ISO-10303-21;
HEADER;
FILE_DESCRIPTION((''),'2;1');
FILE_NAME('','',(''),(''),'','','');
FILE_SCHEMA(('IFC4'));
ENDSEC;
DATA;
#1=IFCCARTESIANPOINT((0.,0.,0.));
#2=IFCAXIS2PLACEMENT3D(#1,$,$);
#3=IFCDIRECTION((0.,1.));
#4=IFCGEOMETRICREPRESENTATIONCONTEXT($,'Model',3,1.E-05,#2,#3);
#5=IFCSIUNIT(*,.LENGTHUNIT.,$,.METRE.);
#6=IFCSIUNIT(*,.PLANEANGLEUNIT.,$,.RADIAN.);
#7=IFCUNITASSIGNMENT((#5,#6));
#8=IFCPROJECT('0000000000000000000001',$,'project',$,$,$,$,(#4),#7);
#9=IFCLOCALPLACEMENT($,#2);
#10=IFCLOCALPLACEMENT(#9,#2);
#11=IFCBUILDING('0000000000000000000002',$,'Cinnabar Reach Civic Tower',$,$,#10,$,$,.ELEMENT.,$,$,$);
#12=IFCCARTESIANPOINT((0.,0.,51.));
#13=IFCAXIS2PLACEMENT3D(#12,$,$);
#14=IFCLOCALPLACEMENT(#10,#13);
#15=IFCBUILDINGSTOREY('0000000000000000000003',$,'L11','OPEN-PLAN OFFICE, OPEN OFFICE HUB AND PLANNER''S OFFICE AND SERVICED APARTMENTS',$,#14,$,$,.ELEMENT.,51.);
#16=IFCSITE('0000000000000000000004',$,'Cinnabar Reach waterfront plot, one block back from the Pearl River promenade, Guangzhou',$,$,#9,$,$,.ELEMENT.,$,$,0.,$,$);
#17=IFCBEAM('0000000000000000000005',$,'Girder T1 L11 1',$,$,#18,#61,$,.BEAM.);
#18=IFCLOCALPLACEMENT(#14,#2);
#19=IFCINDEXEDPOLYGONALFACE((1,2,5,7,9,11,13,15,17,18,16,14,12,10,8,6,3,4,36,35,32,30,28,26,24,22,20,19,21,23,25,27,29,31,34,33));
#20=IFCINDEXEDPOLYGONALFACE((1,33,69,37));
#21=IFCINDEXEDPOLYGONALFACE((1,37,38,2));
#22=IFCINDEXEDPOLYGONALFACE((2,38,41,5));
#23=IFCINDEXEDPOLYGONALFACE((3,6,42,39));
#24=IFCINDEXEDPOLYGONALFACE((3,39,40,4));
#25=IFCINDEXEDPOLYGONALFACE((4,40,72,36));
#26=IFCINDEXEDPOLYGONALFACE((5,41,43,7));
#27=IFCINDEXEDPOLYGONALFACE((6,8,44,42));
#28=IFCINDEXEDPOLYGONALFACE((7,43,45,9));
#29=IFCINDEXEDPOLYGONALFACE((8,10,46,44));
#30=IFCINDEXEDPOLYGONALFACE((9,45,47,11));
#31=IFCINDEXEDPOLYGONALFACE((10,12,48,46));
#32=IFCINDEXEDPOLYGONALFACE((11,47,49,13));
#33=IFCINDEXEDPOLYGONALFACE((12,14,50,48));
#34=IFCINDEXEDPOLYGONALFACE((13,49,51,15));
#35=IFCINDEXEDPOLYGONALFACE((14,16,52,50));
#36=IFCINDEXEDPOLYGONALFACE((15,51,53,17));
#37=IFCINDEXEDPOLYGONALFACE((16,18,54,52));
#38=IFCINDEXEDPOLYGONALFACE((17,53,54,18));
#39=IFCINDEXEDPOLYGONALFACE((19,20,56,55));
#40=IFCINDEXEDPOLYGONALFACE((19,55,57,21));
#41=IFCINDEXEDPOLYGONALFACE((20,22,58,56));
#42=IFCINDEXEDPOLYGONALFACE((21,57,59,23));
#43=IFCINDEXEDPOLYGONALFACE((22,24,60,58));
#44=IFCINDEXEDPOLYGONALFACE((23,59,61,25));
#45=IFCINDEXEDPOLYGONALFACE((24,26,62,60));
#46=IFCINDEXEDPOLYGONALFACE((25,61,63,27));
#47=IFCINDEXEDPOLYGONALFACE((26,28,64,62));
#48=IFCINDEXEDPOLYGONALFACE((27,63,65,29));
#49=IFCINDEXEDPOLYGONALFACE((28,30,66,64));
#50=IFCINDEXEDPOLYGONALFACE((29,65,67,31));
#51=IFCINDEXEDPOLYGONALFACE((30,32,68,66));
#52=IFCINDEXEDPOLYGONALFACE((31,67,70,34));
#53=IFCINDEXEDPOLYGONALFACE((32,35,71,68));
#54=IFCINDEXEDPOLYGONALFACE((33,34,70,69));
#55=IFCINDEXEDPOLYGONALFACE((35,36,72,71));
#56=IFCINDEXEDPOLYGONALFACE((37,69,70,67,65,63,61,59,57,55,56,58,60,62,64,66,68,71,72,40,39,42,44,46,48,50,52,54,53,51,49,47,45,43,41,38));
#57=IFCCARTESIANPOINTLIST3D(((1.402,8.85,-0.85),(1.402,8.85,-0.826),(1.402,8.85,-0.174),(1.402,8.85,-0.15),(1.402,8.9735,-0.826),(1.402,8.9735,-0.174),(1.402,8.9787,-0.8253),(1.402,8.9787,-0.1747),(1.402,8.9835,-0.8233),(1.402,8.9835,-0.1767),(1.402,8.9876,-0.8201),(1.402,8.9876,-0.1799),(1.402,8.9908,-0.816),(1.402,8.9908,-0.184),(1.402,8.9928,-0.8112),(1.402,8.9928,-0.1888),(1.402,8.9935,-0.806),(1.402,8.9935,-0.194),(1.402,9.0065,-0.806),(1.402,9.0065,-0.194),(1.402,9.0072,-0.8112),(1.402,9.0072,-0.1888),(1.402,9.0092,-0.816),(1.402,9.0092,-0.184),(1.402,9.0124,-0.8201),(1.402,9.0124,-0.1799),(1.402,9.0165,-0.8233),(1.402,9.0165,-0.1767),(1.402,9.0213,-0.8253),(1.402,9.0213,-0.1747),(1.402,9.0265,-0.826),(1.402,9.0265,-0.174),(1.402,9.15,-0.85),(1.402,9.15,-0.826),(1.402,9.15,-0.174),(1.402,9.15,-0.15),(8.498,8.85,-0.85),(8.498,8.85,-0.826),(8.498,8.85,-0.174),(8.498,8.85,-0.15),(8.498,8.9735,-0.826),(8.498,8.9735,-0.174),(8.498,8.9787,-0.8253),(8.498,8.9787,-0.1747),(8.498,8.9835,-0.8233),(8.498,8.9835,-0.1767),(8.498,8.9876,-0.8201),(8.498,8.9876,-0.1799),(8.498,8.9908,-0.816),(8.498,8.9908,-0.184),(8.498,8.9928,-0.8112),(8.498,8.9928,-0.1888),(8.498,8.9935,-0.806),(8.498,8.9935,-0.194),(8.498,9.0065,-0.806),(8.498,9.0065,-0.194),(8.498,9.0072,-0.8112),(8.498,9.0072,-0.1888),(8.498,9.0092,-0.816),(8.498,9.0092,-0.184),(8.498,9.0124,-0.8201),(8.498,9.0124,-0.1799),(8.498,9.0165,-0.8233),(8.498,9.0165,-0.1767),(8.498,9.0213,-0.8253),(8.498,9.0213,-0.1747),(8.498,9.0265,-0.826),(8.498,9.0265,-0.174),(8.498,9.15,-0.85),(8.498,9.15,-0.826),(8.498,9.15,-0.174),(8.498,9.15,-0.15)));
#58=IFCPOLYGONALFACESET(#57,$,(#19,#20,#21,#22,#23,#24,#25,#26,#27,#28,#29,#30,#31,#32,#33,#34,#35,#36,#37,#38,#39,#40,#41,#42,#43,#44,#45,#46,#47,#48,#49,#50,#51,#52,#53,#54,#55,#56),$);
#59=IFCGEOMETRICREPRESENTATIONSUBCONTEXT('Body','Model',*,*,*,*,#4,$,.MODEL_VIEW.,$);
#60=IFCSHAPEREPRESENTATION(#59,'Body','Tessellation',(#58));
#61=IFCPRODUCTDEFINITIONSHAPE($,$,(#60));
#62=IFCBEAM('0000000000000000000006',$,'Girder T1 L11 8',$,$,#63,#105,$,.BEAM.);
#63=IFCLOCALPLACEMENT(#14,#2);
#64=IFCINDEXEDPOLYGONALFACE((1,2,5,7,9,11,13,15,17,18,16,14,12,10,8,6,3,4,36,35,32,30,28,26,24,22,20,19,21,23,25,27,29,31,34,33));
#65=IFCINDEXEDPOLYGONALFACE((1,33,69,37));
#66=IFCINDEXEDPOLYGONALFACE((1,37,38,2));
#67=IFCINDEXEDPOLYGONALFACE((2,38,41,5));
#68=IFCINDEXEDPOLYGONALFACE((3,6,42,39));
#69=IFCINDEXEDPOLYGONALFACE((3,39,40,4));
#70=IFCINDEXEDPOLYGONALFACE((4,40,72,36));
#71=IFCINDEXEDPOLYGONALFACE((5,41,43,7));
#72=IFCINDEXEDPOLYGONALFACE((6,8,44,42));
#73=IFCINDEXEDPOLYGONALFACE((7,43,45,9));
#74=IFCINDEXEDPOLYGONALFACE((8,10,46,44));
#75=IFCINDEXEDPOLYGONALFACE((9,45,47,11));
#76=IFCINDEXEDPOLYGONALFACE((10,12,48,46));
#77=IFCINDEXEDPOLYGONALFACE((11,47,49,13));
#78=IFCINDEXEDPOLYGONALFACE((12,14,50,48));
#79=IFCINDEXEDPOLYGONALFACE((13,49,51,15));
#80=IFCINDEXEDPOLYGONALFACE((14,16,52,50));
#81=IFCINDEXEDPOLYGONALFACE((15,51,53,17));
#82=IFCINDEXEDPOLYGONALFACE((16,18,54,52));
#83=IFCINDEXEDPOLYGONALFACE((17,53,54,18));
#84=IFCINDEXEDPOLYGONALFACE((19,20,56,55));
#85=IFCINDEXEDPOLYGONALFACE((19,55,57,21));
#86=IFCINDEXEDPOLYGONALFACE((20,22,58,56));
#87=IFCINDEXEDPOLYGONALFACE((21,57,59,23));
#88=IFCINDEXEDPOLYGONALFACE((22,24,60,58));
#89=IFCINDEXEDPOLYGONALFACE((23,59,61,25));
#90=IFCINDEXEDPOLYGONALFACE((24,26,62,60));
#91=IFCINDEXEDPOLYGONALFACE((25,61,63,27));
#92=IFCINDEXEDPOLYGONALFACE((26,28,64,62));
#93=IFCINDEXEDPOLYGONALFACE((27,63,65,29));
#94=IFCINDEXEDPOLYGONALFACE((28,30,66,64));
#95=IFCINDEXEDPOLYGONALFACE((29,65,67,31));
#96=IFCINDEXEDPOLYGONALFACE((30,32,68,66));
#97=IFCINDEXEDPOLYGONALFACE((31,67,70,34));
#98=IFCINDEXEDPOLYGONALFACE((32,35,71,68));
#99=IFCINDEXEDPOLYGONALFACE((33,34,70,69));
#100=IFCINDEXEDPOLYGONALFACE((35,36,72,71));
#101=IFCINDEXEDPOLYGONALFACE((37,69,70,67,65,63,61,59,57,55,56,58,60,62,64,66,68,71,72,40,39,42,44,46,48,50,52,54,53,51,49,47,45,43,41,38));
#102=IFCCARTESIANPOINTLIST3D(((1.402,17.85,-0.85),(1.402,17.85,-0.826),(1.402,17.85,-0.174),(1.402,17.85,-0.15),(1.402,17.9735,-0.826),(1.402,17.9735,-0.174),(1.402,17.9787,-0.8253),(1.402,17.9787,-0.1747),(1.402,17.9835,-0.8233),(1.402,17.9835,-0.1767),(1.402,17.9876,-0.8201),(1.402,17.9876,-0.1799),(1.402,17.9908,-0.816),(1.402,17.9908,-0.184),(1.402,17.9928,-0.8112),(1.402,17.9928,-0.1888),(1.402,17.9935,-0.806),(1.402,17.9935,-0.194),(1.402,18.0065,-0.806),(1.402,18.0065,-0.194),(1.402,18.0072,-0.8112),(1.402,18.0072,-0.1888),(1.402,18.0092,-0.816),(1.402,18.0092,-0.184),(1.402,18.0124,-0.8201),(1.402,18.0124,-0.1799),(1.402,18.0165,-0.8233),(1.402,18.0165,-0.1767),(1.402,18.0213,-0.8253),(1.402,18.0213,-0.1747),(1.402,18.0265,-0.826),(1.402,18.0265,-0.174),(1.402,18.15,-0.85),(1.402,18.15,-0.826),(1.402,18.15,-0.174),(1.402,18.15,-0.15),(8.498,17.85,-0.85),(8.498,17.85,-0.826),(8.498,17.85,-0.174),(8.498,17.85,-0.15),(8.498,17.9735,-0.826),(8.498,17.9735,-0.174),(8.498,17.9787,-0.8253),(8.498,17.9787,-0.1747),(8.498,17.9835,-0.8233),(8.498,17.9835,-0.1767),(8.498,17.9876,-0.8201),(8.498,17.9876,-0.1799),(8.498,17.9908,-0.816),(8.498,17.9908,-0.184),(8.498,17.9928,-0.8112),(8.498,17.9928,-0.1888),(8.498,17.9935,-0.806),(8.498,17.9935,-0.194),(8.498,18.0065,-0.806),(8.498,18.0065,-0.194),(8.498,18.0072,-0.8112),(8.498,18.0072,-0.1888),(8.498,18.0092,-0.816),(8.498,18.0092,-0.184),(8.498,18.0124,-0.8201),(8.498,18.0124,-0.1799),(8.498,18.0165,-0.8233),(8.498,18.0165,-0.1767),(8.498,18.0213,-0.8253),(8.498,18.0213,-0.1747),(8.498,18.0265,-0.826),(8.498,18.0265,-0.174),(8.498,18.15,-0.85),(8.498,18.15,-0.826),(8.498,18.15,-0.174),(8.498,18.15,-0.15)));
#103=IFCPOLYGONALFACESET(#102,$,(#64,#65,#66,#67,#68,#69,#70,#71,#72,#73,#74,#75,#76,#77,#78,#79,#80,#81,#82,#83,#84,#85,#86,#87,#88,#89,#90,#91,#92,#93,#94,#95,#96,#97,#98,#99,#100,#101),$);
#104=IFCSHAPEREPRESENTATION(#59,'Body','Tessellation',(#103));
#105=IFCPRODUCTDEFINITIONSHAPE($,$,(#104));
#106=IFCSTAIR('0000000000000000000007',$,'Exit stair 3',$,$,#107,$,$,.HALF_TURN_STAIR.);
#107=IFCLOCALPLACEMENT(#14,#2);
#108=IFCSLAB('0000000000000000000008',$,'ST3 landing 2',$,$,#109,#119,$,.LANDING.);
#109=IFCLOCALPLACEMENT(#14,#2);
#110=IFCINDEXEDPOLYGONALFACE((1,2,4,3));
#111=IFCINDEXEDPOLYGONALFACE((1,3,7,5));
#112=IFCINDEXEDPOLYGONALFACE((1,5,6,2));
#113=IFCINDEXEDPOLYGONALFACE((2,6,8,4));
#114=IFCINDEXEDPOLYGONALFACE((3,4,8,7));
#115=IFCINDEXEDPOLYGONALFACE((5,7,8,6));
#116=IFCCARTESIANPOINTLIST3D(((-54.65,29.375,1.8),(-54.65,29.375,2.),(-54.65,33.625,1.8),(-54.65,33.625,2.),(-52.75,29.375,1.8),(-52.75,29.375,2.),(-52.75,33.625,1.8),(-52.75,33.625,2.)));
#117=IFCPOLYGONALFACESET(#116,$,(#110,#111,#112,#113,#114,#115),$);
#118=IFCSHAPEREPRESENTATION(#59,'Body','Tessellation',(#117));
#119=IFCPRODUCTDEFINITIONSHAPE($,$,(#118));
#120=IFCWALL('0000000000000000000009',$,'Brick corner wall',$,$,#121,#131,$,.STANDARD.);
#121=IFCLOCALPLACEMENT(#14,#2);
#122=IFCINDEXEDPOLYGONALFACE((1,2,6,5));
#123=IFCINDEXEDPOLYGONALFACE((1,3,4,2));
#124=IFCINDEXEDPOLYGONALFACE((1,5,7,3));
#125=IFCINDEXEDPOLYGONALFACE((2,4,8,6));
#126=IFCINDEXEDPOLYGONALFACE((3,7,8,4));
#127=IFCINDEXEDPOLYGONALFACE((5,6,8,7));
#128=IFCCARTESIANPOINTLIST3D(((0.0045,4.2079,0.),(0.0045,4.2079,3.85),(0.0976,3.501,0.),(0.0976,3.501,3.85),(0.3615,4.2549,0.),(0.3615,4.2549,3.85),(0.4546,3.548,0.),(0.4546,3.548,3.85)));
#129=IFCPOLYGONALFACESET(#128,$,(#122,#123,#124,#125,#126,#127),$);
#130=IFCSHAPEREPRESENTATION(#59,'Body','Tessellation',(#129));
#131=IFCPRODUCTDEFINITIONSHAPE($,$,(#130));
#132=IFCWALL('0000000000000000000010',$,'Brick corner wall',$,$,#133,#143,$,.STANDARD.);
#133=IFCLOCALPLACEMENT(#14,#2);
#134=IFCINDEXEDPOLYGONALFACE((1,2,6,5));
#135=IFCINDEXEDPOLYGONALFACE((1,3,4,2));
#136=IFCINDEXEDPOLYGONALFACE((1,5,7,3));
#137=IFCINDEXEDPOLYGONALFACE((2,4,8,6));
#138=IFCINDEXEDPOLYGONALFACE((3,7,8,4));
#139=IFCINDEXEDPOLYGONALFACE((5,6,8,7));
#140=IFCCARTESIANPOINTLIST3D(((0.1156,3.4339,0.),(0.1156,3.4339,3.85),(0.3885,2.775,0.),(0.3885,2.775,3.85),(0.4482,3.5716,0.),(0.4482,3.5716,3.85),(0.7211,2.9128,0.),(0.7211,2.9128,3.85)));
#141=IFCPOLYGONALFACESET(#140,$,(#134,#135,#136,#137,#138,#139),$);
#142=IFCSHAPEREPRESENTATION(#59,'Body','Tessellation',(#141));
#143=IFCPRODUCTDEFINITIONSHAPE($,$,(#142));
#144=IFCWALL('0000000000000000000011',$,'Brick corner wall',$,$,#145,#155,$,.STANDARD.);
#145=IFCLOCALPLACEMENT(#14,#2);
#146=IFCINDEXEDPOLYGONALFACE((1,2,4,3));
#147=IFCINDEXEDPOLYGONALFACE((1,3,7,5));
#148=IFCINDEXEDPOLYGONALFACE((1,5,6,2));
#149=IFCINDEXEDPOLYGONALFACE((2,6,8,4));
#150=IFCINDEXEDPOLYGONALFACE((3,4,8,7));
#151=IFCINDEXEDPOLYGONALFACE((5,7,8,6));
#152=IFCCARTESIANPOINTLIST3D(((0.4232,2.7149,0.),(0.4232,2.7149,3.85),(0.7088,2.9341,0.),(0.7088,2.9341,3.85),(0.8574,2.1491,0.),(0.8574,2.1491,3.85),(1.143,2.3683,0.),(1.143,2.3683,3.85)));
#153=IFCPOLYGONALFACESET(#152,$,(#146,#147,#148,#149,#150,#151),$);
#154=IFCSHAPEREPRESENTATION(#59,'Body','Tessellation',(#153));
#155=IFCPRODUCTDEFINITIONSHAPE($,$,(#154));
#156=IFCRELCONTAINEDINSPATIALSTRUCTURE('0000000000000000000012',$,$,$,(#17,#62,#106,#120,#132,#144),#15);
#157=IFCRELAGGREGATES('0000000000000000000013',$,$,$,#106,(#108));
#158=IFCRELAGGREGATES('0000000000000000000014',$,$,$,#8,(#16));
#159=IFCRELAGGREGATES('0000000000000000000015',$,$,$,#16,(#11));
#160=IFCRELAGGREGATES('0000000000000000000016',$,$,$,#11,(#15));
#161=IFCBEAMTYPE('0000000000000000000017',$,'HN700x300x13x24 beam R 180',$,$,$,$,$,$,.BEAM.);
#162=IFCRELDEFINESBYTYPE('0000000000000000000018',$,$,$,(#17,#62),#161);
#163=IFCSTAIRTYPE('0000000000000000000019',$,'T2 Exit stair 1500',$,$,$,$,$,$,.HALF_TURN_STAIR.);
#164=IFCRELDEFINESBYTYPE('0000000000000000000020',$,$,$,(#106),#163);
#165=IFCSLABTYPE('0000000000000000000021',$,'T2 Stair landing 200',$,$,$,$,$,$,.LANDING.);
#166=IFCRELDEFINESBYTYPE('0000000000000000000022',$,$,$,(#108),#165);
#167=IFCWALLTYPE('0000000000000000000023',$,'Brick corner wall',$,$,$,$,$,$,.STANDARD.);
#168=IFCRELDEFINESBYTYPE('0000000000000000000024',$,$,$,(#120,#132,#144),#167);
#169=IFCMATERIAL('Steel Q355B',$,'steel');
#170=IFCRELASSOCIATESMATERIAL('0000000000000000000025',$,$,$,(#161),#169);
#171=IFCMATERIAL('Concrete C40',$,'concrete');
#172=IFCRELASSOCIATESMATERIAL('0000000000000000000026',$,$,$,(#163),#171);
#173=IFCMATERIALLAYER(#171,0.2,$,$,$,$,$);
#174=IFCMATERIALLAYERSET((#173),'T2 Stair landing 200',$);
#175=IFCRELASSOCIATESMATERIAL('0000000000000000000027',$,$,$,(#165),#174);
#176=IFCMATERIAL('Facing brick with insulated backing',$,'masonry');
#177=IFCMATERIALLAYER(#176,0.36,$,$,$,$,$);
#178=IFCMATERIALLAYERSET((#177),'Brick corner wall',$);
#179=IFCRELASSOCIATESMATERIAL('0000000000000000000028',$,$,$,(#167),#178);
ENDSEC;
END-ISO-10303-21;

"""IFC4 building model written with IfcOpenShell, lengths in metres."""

from ifc_helpers import new_model, si_unit, direction, frame, frame_2d, origin, origin_2d, place, context, subcontext, project, spatial, polyline, rectangle, i_section, outline, extrude, material, layer, layer_set, material_profile, profile_set, type_object, element, aggregate, save


model = new_model("IFC4")

# Units and contexts
model_context = context("Model", 3, precision=1e-05, world=origin(), true_north=direction((0.0, 1.0)))
body_context = subcontext(model_context, "Body", "Model", "MODEL_VIEW")
ifc_project = project(units=[si_unit("LENGTHUNIT", "METRE"), si_unit("PLANEANGLEUNIT", "RADIAN")], contexts=[model_context])

# Site, building, storey
site_placement = place(None, origin())
site = spatial("IfcSite", under=ifc_project, at=site_placement, Name="Cinnabar Reach waterfront plot, one block back from the Pearl River promenade, Guangzhou", CompositionType="ELEMENT", RefElevation=0.0)
building_placement = place(site_placement, origin())
building = spatial("IfcBuilding", under=site, at=building_placement, Name="Cinnabar Reach Civic Tower", CompositionType="ELEMENT")
storey_placement = place(building_placement, frame((0.0, 0.0, 51.0)))
storey = spatial("IfcBuildingStorey", under=building, at=storey_placement, Name="L11", Description="OPEN-PLAN OFFICE, OPEN OFFICE HUB AND PLANNER'S OFFICE AND SERVICED APARTMENTS", CompositionType="ELEMENT", Elevation=51.0)

# Beams
ifc_material_1 = material(Name="Steel Q355B", Category="steel")
ifc_material_profile_1 = material_profile(ifc_material_1, i_section(OverallWidth=0.3, OverallDepth=0.7, WebThickness=0.013, FlangeThickness=0.024, FilletRadius=0.02, at=origin_2d()), Name="HN700x300x13x24")
ifc_profile_set_1 = profile_set([ifc_material_profile_1], Name="Steel Q355B")
beam_type_1 = type_object("IfcBeamType", Name="HN700x300x13x24 beam R 180", PredefinedType="BEAM", material=ifc_profile_set_1)
for number, where, z_axis, x_axis, name in (
    (1, (1.402, 9.0, -0.5), (1.0, 0.0, 0.0), (0.0, 1.0, 0.0), "Girder T1 L11 1"),
    (2, (1.402, 18.0, -0.5), (1.0, 0.0, 0.0), (0.0, 1.0, 0.0), "Girder T1 L11 8"),
):
    element("IfcBeam", number, at=place(storey_placement, frame(where, z_axis=z_axis, x_axis=x_axis)), inside=storey, type_object=beam_type_1, Name=name, PredefinedType="BEAM", context=body_context, shape_type="SweptSolid", body=[
        extrude(i_section(OverallWidth=0.3, OverallDepth=0.7, WebThickness=0.013, FlangeThickness=0.024, FilletRadius=0.02, at=origin_2d()), origin(), (0.0, 0.0, 1.0), 7.096),
    ])

# Stair, slab
ifc_material_2 = material(Name="Concrete C40", Category="concrete")
stair_type = type_object("IfcStairType", Name="T2 Exit stair 1500", PredefinedType="HALF_TURN_STAIR", material=ifc_material_2)
stair_placement = place(storey_placement, origin())
stair = element("IfcStair", 3, at=stair_placement, inside=storey, type_object=stair_type, Name="Exit stair 3", PredefinedType="HALF_TURN_STAIR")
ifc_layer_1 = layer(ifc_material_2, 0.2)
ifc_layer_set_1 = layer_set([ifc_layer_1], Name="T2 Stair landing 200")
slab_type = type_object("IfcSlabType", Name="T2 Stair landing 200", PredefinedType="LANDING", material=ifc_layer_set_1)
slab_placement = place(storey_placement, frame((0.0, 0.0, 1.8)))
slab = element("IfcSlab", 4, at=slab_placement, type_object=slab_type, Name="ST3 landing 2", PredefinedType="LANDING", context=body_context, shape_type="SweptSolid", body=[
    extrude(outline(polyline([(-54.65, 29.375), (-54.65, 33.625), (-52.75, 33.625), (-52.75, 29.375), (-54.65, 29.375)])), origin(), (0.0, 0.0, 1.0), 0.2),
])
aggregate(stair, [slab])

# Walls
ifc_material_3 = material(Name="Facing brick with insulated backing", Category="masonry")
ifc_layer_2 = layer(ifc_material_3, 0.36)
ifc_layer_set_2 = layer_set([ifc_layer_2], Name="Brick corner wall")
wall_type_1 = type_object("IfcWallType", Name="Brick corner wall", PredefinedType="STANDARD", material=ifc_layer_set_2)
for number, where, z_axis, x_axis, name in (
    (5, (0.183, 4.2314, 0.0), (0.0, 0.0, 1.0), (0.130556, -0.991441, 0.0), "Brick corner wall"),
    (6, (0.2819, 3.5027, 0.0), (0.0, 0.0, 1.0), (0.382703, -0.923872, 0.0), "Brick corner wall"),
):
    element("IfcWall", number, at=place(storey_placement, frame(where, z_axis=z_axis, x_axis=x_axis)), inside=storey, type_object=wall_type_1, Name=name, PredefinedType="STANDARD", context=body_context, shape_type="SweptSolid", body=[
        extrude(rectangle(XDim=0.7131, YDim=0.36, at=frame_2d((0.3565, 0.0))), origin(), (0.0, 0.0, 1.0), 3.85),
    ])
wall_1_placement = place(storey_placement, frame((0.566, 2.8245, 0.0), z_axis=(0.0, 0.0, 1.0), x_axis=(0.608802, -0.793322, 0.0)))
element("IfcWall", 7, at=wall_1_placement, inside=storey, type_object=wall_type_1, Name="Brick corner wall", PredefinedType="STANDARD", context=body_context, shape_type="SweptSolid", body=[
    extrude(rectangle(XDim=0.7132, YDim=0.36, at=frame_2d((0.3566, 0.0))), origin(), (0.0, 0.0, 1.0), 3.85),
])

save(model, "model.ifc")
